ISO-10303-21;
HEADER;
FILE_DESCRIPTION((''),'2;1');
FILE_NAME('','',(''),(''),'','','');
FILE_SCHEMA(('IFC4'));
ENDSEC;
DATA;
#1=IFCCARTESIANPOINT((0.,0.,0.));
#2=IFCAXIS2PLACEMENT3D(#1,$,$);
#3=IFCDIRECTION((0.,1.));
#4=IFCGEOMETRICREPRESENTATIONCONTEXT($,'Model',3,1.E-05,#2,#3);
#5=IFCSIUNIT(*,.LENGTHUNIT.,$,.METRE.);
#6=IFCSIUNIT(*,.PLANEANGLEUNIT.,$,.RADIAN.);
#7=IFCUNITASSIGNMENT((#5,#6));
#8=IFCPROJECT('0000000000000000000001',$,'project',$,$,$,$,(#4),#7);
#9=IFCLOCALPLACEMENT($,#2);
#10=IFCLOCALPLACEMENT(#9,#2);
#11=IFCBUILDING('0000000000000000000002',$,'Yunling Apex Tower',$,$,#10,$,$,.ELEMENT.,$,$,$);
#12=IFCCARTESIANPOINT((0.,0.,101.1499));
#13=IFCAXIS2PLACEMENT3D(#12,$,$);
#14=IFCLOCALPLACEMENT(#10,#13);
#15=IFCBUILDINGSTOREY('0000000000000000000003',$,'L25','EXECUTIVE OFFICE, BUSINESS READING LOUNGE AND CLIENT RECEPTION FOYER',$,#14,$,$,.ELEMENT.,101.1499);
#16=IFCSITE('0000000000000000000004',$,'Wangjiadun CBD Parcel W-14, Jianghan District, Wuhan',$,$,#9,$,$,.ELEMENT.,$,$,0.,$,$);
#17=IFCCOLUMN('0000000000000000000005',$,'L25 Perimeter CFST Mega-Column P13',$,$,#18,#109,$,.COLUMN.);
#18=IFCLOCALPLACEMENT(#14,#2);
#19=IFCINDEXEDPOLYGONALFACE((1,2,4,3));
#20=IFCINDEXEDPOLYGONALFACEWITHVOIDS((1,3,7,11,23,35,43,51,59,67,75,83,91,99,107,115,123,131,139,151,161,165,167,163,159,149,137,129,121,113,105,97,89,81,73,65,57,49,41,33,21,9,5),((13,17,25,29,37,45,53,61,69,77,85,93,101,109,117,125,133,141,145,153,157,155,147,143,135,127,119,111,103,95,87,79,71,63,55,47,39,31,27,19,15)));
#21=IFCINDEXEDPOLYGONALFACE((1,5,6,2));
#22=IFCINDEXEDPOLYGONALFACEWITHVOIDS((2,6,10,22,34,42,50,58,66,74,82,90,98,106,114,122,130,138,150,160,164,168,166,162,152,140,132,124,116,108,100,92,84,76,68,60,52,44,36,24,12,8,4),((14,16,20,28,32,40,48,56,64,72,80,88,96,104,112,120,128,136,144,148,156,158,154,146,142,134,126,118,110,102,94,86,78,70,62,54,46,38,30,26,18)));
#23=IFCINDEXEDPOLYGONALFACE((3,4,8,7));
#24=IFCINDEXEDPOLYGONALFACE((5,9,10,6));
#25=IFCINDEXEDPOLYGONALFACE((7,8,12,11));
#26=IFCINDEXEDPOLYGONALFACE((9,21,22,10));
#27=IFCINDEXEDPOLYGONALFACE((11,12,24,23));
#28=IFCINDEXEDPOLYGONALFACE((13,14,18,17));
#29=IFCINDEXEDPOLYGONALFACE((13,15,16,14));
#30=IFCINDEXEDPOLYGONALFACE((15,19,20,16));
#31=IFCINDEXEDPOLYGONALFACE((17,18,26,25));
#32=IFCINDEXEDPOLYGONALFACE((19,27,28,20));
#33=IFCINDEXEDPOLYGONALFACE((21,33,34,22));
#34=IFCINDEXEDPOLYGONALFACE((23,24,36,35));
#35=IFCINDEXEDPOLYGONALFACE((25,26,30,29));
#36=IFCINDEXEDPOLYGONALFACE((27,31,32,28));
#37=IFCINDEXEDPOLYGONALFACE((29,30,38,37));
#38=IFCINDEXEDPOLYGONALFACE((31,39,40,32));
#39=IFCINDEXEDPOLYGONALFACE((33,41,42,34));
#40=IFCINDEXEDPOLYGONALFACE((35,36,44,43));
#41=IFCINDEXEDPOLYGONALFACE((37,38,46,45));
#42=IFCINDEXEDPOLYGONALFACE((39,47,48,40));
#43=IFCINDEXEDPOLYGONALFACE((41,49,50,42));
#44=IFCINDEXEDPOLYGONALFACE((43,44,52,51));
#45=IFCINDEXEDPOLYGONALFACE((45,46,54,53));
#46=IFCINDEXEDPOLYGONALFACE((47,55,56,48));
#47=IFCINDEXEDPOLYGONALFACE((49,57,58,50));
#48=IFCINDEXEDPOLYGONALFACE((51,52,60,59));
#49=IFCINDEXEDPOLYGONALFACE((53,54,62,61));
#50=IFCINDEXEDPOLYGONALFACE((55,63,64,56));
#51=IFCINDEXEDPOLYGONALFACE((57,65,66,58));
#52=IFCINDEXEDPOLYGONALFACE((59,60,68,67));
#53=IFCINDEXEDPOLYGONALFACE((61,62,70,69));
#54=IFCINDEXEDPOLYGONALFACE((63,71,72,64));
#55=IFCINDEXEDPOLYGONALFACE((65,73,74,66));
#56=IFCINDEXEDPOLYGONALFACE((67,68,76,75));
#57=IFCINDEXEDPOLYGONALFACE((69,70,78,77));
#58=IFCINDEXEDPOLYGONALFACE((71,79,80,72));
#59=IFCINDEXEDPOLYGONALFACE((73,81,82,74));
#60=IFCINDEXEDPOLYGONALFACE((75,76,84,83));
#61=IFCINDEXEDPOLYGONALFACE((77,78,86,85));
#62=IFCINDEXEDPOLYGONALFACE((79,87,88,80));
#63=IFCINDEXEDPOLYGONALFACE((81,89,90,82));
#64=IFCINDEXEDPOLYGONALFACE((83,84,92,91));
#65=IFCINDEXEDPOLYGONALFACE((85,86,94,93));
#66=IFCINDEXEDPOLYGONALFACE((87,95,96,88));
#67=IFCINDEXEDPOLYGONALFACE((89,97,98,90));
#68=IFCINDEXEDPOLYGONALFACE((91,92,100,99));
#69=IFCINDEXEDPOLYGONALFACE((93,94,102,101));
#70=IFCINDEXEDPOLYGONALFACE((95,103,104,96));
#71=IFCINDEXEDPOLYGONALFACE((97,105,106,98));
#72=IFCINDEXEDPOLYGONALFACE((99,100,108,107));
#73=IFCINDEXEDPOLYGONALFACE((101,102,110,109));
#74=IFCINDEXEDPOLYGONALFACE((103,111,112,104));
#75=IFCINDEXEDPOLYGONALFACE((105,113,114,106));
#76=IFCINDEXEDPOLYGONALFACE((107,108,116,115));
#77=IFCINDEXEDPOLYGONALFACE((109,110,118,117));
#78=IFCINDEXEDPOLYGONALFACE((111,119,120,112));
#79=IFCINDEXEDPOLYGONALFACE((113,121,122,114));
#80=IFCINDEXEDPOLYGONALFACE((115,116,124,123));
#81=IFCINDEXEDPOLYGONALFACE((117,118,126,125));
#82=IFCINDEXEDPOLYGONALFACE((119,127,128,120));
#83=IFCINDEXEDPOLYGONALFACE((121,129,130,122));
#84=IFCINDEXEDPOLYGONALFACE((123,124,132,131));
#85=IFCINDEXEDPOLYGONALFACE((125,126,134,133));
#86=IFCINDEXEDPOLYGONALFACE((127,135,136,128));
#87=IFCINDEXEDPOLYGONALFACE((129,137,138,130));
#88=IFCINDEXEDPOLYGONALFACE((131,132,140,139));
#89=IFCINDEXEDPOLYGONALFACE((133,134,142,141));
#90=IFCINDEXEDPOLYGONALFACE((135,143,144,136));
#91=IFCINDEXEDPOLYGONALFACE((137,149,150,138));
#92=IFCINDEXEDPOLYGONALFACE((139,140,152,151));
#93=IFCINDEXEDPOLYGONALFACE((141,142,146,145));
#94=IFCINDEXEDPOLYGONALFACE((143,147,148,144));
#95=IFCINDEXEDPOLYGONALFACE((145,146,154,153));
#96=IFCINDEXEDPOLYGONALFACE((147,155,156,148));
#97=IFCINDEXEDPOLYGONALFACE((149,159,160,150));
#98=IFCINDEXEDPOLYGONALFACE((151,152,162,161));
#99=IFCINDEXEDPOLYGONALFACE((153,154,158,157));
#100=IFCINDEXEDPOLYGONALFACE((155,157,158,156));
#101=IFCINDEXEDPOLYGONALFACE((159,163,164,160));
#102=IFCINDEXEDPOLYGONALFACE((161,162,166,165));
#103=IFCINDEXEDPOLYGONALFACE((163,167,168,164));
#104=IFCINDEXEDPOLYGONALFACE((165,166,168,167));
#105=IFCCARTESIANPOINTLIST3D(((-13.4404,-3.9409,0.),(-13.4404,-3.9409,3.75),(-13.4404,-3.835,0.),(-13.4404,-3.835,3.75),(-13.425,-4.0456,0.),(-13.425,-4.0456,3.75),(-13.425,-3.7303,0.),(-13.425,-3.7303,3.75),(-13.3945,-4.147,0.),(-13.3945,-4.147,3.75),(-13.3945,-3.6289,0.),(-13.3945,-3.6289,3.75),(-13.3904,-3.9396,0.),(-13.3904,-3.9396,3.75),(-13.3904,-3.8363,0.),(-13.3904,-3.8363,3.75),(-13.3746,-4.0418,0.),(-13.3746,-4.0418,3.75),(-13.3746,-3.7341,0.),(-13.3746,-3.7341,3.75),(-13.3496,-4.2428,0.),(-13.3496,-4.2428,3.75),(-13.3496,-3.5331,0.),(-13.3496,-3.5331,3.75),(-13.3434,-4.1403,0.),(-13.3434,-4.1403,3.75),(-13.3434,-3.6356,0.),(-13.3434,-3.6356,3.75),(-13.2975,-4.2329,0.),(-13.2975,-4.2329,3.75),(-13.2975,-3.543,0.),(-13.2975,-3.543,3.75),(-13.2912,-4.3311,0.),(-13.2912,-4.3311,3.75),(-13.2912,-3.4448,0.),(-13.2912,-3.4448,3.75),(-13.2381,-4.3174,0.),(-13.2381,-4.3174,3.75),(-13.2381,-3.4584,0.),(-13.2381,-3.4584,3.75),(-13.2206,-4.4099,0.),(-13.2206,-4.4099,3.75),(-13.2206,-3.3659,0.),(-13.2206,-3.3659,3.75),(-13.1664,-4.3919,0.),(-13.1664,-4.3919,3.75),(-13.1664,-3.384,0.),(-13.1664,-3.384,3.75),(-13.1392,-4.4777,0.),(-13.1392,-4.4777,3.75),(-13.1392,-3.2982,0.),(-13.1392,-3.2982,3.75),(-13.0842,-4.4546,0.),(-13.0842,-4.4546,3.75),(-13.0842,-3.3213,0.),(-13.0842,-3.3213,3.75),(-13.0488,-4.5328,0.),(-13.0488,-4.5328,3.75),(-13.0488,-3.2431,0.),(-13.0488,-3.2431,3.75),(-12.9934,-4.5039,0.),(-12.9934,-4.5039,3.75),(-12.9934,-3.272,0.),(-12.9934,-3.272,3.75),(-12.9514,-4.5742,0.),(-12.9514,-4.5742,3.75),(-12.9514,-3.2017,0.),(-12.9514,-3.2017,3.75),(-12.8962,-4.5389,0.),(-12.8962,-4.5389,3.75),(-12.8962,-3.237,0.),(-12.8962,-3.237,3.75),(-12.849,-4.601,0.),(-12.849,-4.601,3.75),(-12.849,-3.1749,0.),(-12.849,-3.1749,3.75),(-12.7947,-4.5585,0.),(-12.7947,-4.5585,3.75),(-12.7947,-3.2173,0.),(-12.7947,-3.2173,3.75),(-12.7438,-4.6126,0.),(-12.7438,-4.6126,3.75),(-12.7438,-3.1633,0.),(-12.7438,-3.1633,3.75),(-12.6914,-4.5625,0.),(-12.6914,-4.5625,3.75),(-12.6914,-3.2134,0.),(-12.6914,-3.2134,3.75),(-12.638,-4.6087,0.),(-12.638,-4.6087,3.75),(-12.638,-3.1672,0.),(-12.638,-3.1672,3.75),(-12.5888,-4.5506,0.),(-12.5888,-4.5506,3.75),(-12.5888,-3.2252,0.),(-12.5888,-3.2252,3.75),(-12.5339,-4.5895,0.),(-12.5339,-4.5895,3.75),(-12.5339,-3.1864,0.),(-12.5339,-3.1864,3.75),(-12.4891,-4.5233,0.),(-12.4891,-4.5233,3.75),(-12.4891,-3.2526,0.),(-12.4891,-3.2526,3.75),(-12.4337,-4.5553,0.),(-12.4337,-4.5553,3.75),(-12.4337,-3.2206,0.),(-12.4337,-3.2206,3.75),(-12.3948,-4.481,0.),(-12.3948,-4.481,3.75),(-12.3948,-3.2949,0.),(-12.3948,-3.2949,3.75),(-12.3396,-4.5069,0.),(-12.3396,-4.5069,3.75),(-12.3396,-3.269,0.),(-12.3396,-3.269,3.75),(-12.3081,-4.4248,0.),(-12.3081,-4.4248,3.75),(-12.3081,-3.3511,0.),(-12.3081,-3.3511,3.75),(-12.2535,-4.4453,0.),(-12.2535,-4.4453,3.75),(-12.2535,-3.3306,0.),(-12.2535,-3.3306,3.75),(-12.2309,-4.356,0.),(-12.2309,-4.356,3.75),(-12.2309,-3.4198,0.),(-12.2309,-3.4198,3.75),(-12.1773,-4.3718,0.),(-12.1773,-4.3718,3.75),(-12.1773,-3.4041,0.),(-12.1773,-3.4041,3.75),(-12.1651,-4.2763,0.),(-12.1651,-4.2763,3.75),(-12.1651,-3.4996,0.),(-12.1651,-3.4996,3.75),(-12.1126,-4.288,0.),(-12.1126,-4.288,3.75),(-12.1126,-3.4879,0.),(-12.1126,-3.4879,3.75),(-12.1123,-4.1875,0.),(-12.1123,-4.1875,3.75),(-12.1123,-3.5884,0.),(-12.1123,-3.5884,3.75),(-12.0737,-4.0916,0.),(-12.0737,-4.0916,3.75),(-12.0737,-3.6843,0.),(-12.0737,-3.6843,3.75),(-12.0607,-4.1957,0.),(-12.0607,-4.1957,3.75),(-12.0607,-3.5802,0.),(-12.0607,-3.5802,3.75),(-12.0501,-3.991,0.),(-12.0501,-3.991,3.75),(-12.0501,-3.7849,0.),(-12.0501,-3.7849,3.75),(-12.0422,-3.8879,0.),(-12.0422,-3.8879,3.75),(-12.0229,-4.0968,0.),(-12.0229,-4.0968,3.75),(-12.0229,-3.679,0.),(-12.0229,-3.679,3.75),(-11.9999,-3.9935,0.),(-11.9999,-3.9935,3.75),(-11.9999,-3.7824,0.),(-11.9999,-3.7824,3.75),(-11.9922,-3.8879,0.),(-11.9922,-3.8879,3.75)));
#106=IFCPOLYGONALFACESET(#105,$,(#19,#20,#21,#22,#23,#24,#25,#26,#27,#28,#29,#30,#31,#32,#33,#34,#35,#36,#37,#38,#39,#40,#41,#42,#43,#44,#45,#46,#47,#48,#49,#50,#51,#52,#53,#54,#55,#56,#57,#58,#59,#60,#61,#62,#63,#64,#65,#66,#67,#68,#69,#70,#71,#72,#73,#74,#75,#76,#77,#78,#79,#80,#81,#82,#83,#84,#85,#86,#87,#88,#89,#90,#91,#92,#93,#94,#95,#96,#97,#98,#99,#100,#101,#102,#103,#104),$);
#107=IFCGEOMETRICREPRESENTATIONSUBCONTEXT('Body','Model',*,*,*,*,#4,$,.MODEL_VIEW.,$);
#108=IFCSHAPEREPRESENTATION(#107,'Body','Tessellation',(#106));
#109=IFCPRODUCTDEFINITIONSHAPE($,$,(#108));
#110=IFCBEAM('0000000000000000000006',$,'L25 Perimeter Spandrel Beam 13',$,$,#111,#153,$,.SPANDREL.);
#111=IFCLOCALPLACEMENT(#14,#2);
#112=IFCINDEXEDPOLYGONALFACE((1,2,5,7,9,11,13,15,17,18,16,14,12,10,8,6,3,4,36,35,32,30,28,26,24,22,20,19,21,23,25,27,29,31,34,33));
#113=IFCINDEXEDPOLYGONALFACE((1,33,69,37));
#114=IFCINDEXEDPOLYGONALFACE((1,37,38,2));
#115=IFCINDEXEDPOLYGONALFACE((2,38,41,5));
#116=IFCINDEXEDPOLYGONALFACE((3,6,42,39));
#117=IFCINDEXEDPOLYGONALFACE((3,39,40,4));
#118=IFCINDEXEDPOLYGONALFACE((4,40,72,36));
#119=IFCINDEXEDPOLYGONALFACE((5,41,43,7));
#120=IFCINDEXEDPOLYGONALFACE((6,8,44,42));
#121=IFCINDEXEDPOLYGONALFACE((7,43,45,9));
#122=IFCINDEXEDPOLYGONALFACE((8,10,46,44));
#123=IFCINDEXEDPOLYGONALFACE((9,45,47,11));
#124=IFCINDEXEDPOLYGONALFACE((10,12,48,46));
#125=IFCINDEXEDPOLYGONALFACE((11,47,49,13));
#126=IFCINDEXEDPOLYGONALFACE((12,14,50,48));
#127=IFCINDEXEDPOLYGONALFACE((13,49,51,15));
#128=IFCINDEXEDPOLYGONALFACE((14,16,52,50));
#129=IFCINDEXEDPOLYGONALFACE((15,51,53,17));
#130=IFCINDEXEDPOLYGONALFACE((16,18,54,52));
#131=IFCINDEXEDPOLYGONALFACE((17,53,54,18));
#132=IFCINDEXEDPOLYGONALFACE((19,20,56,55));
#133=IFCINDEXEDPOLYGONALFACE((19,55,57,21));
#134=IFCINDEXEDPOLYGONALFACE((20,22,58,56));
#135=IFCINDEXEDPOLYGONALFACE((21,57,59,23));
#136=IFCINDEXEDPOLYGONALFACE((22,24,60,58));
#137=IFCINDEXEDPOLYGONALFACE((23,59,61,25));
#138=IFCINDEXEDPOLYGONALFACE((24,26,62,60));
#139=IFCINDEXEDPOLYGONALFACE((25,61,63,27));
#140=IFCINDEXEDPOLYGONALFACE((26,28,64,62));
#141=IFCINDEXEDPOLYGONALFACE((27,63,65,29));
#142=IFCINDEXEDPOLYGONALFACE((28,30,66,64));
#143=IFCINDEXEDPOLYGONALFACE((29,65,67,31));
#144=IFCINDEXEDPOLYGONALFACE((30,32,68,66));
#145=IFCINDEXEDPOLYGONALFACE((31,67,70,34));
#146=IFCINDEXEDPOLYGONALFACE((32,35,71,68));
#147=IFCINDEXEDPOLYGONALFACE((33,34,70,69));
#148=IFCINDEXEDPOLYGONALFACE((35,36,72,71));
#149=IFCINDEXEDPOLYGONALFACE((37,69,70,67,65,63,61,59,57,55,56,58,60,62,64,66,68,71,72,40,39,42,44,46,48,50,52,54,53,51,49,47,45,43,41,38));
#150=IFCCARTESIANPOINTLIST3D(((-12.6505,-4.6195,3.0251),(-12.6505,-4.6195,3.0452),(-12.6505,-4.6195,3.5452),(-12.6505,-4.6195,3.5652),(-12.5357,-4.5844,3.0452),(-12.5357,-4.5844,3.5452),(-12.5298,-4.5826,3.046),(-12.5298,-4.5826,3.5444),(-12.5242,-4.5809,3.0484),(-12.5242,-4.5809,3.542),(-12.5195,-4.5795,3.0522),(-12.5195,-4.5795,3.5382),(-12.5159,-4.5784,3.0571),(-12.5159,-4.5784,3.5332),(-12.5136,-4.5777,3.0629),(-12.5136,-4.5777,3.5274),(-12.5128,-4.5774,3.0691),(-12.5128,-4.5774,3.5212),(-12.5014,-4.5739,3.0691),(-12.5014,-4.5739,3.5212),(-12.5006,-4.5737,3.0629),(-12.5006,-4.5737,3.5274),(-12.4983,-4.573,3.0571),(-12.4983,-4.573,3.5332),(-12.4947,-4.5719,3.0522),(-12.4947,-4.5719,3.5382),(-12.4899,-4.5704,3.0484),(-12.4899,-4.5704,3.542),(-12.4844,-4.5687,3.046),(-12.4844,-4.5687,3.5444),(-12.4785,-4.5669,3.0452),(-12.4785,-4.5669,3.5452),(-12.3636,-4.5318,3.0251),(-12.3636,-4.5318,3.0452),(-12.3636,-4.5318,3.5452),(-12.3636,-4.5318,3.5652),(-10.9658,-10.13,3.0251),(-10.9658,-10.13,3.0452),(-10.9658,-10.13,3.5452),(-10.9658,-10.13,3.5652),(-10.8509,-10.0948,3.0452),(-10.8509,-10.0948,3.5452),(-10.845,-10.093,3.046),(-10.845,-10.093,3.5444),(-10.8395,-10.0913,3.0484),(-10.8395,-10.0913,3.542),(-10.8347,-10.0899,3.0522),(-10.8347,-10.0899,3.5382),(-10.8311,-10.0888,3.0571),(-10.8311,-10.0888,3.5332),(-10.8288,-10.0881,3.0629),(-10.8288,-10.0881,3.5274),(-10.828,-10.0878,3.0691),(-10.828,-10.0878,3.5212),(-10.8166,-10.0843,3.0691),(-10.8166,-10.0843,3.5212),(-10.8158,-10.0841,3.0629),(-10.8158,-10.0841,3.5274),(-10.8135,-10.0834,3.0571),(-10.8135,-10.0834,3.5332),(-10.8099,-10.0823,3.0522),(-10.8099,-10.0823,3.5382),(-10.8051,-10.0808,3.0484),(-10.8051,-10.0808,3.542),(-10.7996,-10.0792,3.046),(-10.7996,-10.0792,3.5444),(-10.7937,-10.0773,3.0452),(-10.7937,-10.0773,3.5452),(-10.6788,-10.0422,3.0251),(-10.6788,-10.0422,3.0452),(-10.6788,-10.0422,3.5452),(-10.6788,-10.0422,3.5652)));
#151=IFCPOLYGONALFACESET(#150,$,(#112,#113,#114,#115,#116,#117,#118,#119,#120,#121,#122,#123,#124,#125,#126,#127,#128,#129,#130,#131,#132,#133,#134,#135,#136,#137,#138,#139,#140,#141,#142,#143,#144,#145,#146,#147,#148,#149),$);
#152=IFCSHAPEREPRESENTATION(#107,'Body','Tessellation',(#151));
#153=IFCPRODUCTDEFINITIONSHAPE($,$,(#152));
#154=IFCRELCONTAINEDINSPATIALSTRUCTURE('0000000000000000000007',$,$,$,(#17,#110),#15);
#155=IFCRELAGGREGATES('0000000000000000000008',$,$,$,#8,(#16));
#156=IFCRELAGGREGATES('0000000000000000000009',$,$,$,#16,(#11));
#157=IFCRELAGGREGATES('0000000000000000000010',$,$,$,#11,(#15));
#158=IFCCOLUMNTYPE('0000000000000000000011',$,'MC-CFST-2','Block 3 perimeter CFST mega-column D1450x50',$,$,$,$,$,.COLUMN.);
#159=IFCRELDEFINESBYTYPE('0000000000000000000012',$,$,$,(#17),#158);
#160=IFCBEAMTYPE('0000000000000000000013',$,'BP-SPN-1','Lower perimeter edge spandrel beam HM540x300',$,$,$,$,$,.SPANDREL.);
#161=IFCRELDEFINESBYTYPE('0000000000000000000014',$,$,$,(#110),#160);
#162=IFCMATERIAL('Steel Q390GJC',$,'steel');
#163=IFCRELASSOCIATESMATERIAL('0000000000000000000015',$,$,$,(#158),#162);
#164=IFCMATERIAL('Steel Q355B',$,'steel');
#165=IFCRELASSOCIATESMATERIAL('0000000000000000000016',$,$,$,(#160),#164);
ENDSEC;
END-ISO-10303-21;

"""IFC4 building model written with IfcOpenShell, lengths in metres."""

from ifc_helpers import new_model, si_unit, direction, frame, origin, origin_2d, place, context, subcontext, project, spatial, hollow_circle, i_section, extrude, source, transform, mapped, material, material_profile, profile_set, type_object, element, save


model = new_model("IFC4")

# Units and contexts
model_context = context("Model", 3, precision=1e-05, world=origin(), true_north=direction((0.0, 1.0)))
body_context = subcontext(model_context, "Body", "Model", "MODEL_VIEW")
ifc_project = project(units=[si_unit("LENGTHUNIT", "METRE"), si_unit("PLANEANGLEUNIT", "RADIAN")], contexts=[model_context])

# Site, building, storey
site_placement = place(None, origin())
site = spatial("IfcSite", under=ifc_project, at=site_placement, Name="Wangjiadun CBD Parcel W-14, Jianghan District, Wuhan", CompositionType="ELEMENT", RefElevation=0.0)
building_placement = place(site_placement, origin())
building = spatial("IfcBuilding", under=site, at=building_placement, Name="Yunling Apex Tower", CompositionType="ELEMENT")
storey_placement = place(building_placement, frame((0.0, 0.0, 101.1499)))
storey = spatial("IfcBuildingStorey", under=building, at=storey_placement, Name="L25", Description="EXECUTIVE OFFICE, BUSINESS READING LOUNGE AND CLIENT RECEPTION FOYER", CompositionType="ELEMENT", Elevation=101.1499)

# Column
ifc_material_1 = material(Name="Steel Q390GJC", Category="steel")
ifc_material_profile_1 = material_profile(ifc_material_1, hollow_circle(Radius=0.7251, WallThickness=0.05, at=origin_2d()))
ifc_profile_set_1 = profile_set([ifc_material_profile_1], Name="Steel Q390GJC")
column_type = type_object("IfcColumnType", Name="MC-CFST-2", Description="Block 3 perimeter CFST mega-column D1450x50", PredefinedType="COLUMN", material=ifc_profile_set_1)
shared_shape_1 = source(origin(), body_context, "Body", "SweptSolid", [
    extrude(hollow_circle(Radius=0.7251, WallThickness=0.05, at=origin_2d()), origin(), (0.0, 0.0, 1.0), 3.75),
])
column_placement = place(storey_placement, frame((-12.7173, -3.8879, 0.0), z_axis=(0.0, 0.0, 1.0), x_axis=(1.0, 0.0, 0.0)))
element("IfcColumn", 1, at=column_placement, inside=storey, type_object=column_type, Name="L25 Perimeter CFST Mega-Column P13", PredefinedType="COLUMN", context=body_context, shape_type="MappedRepresentation", body=[
    mapped(shared_shape_1, transform((0.0, 0.0, 0.0), scale=1.0)),
])

# Beam
ifc_material_2 = material(Name="Steel Q355B", Category="steel")
ifc_material_profile_2 = material_profile(ifc_material_2, i_section(OverallWidth=0.3, OverallDepth=0.54, WebThickness=0.012, FlangeThickness=0.02, FilletRadius=0.0239, at=origin_2d()))
ifc_profile_set_2 = profile_set([ifc_material_profile_2], Name="Steel Q355B")
beam_type_1 = type_object("IfcBeamType", Name="BP-SPN-1", Description="Lower perimeter edge spandrel beam HM540x300", PredefinedType="SPANDREL", material=ifc_profile_set_2)
shared_shape_2 = source(origin(), body_context, "Body", "SweptSolid", [
    extrude(i_section(OverallWidth=0.3, OverallDepth=0.54, WebThickness=0.012, FlangeThickness=0.02, FilletRadius=0.0239, at=origin_2d()), origin(), (0.0, 0.0, 1.0), 5.7622),
])
beam_1_placement = place(storey_placement, frame((-12.5071, -4.5757, 3.2952), z_axis=(0.292385, -0.956301, 0.0), x_axis=(0.956301, 0.292385, 0.0)))
element("IfcBeam", 2, at=beam_1_placement, inside=storey, type_object=beam_type_1, Name="L25 Perimeter Spandrel Beam 13", PredefinedType="SPANDREL", context=body_context, shape_type="MappedRepresentation", body=[
    mapped(shared_shape_2, transform((0.0, 0.0, 0.0), scale=1.0)),
])

save(model, "model.ifc")
